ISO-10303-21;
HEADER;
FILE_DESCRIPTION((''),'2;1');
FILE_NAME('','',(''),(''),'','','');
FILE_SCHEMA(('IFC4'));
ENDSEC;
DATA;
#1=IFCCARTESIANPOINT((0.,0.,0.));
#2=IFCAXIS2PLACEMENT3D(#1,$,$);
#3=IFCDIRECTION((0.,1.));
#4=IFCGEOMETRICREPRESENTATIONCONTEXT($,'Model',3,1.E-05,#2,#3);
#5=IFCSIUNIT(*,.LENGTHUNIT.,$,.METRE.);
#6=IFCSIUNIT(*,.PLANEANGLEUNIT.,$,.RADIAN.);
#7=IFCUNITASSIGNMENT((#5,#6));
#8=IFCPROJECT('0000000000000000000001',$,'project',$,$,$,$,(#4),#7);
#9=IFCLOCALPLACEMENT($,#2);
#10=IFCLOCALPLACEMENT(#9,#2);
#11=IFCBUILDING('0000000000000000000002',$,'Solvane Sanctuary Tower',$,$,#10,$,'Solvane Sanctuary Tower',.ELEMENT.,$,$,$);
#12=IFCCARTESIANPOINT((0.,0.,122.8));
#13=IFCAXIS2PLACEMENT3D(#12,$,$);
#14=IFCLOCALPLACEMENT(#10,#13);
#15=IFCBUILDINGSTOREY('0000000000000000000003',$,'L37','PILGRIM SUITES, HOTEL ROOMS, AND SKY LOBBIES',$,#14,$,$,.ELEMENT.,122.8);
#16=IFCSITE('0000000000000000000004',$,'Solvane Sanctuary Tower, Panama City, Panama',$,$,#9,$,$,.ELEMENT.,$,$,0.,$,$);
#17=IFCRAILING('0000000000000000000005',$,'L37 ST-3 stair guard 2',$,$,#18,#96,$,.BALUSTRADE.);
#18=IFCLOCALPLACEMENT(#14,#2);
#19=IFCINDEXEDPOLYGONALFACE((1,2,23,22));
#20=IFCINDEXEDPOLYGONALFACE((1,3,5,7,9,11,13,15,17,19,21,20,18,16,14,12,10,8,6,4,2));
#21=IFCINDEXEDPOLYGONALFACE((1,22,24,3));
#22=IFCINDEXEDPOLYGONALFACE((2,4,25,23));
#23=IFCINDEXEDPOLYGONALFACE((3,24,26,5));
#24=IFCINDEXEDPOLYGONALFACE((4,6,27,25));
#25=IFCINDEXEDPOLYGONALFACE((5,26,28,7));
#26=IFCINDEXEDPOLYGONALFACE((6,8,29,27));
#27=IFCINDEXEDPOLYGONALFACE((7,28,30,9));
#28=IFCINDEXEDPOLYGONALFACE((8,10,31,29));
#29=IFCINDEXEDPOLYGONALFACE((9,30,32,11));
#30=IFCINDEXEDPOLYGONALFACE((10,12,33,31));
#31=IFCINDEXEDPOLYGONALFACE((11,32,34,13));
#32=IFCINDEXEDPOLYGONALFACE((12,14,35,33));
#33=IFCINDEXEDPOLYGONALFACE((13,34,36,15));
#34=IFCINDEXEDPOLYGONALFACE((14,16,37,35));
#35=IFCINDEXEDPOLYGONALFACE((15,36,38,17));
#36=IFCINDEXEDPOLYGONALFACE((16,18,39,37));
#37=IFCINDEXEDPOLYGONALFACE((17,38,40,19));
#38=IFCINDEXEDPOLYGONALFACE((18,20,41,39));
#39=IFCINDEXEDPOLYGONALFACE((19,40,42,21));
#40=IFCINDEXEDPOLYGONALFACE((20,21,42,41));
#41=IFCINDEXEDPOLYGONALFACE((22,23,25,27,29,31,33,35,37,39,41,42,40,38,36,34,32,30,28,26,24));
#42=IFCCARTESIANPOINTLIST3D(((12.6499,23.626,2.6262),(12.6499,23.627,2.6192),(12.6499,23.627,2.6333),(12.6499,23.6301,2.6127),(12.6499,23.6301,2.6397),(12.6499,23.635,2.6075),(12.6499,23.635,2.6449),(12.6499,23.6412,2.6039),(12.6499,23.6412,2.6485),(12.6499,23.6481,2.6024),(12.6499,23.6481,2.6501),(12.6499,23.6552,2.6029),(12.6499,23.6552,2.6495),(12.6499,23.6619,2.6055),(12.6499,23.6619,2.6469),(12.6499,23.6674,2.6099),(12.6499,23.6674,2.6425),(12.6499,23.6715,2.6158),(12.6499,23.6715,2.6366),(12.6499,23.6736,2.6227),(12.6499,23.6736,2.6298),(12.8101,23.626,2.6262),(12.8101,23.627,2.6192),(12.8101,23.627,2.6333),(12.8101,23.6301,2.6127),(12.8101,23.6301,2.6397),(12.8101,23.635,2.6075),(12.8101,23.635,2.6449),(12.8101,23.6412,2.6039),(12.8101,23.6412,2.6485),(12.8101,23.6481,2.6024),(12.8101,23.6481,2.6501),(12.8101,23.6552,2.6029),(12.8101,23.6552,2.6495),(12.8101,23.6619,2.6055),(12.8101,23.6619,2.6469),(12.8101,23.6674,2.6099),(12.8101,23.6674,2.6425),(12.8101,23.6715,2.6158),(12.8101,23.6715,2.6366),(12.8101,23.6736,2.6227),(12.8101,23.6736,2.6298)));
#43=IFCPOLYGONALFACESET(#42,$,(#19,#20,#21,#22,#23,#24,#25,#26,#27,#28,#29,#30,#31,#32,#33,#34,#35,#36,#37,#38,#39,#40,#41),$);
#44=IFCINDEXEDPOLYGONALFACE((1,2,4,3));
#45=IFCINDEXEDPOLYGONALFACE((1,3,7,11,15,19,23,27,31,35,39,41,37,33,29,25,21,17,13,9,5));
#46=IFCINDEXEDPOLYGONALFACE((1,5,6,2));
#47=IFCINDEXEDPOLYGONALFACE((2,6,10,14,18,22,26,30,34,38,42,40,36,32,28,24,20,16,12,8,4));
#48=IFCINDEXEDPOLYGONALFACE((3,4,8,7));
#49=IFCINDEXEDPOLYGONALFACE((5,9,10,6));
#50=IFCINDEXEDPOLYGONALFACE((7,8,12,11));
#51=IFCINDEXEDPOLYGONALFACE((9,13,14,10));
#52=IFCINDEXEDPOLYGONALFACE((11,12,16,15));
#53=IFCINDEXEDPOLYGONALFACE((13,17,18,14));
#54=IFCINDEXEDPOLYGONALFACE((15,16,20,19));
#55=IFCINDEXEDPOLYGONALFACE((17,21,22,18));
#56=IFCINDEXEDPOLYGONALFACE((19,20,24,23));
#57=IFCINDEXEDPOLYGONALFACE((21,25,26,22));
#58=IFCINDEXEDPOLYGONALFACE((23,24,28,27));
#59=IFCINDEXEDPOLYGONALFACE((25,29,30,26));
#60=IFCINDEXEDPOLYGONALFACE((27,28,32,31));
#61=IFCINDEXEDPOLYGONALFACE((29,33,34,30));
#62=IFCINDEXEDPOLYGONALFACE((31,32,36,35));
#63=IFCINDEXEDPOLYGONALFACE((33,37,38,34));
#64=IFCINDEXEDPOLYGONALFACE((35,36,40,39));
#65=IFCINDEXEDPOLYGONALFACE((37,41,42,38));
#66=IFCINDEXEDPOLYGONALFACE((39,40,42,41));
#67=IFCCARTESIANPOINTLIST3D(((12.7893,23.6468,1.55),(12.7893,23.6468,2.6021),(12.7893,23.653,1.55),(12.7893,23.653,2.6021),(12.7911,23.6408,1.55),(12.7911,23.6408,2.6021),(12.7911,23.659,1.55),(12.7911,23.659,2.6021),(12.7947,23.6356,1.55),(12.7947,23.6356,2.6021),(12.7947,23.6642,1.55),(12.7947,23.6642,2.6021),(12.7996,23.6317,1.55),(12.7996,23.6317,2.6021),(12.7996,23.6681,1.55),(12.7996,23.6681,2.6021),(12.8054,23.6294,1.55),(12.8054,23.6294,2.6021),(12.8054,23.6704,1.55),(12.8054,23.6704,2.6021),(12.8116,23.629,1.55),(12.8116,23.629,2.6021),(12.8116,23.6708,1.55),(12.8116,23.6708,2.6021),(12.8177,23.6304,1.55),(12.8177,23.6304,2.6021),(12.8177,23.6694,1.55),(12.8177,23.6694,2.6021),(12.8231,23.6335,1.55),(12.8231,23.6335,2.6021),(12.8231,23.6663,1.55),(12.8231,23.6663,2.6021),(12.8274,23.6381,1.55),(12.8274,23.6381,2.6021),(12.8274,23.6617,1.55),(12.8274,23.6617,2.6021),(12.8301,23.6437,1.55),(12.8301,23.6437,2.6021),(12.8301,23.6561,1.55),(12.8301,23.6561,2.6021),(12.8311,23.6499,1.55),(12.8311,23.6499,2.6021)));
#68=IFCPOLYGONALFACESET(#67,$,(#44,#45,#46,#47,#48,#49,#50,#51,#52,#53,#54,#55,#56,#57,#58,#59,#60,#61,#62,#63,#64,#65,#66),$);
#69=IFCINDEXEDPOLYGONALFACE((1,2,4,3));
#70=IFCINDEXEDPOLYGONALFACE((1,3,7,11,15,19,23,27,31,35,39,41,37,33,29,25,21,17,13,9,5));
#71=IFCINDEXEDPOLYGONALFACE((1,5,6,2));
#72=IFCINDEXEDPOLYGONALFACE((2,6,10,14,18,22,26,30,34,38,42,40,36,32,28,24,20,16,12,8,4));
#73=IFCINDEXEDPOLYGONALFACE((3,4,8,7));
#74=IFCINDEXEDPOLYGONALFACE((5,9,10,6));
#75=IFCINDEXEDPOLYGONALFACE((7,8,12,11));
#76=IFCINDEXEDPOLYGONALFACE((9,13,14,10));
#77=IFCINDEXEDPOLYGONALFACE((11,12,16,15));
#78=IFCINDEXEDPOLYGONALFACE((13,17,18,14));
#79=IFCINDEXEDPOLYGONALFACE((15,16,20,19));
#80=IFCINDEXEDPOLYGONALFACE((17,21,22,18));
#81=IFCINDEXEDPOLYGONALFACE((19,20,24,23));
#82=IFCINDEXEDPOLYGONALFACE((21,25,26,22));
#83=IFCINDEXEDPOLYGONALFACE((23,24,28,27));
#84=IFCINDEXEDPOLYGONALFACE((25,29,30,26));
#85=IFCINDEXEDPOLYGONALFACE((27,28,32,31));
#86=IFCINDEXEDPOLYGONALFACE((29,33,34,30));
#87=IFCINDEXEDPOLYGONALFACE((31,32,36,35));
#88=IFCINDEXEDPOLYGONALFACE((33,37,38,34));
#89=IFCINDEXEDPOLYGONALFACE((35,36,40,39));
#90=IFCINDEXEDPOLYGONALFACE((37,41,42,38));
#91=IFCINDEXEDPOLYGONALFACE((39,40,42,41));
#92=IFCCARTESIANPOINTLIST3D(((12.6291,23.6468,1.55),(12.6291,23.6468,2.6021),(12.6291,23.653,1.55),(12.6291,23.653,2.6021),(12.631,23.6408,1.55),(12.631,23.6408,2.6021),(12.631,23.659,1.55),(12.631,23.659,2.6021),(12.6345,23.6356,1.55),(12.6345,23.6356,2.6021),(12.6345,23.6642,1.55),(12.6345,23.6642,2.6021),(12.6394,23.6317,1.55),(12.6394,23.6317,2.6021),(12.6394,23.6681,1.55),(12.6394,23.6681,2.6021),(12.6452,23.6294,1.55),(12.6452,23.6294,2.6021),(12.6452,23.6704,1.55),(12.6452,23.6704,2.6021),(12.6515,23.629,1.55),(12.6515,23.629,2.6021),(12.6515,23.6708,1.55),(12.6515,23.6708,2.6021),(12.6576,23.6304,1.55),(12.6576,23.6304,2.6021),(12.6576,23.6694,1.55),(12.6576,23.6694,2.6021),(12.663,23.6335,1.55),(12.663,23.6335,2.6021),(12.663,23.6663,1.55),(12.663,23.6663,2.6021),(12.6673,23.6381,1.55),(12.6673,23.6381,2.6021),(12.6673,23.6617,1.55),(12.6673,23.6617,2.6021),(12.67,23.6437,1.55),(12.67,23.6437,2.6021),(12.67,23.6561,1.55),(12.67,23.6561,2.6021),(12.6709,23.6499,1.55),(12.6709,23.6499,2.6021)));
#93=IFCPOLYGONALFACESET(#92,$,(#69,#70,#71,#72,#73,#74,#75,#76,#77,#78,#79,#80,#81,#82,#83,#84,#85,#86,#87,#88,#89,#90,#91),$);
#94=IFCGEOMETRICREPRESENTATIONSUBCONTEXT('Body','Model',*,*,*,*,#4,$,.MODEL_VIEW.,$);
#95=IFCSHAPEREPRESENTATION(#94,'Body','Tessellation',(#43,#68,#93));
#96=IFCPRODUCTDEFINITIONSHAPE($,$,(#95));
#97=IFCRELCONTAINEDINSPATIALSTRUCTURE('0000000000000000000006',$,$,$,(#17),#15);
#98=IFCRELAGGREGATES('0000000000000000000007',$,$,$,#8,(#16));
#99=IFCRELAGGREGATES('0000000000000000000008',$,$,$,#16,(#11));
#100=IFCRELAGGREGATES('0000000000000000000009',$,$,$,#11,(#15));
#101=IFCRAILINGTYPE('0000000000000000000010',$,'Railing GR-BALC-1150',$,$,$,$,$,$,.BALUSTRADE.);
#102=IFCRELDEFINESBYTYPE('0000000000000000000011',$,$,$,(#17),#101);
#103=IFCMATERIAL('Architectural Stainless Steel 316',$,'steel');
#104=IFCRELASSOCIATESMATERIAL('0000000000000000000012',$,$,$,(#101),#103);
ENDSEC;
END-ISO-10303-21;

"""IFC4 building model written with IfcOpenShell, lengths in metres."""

from ifc_helpers import new_model, si_unit, direction, frame, origin, origin_2d, place, context, subcontext, project, spatial, circle, extrude, material, type_object, element, save


model = new_model("IFC4")

# Units and contexts
model_context = context("Model", 3, precision=1e-05, world=origin(), true_north=direction((0.0, 1.0)))
body_context = subcontext(model_context, "Body", "Model", "MODEL_VIEW")
ifc_project = project(units=[si_unit("LENGTHUNIT", "METRE"), si_unit("PLANEANGLEUNIT", "RADIAN")], contexts=[model_context])

# Site, building, storey
site_placement = place(None, origin())
site = spatial("IfcSite", under=ifc_project, at=site_placement, Name="Solvane Sanctuary Tower, Panama City, Panama", CompositionType="ELEMENT", RefElevation=0.0)
building_placement = place(site_placement, origin())
building = spatial("IfcBuilding", under=site, at=building_placement, Name="Solvane Sanctuary Tower", LongName="Solvane Sanctuary Tower", CompositionType="ELEMENT")
storey_placement = place(building_placement, frame((0.0, 0.0, 122.8)))
storey = spatial("IfcBuildingStorey", under=building, at=storey_placement, Name="L37", Description="PILGRIM SUITES, HOTEL ROOMS, AND SKY LOBBIES", CompositionType="ELEMENT", Elevation=122.8)

# Shared definitions
ifc_material_1 = material(Name="Architectural Stainless Steel 316", Category="steel")

# Railing
railing_type_1 = type_object("IfcRailingType", Name="Railing GR-BALC-1150", PredefinedType="BALUSTRADE", material=ifc_material_1)
railing_1_placement = place(storey_placement, frame((12.8101, 23.6499, 1.55)))
element("IfcRailing", 1, at=railing_1_placement, inside=storey, type_object=railing_type_1, Name="L37 ST-3 stair guard 2", PredefinedType="BALUSTRADE", context=body_context, shape_type="SweptSolid", body=[
    extrude(circle(Radius=0.0239, at=origin_2d()), frame((0.0, 0.0, 1.0762), z_axis=(-1.0, 0.0, 0.0), x_axis=(0.0, -1.0, 0.0)), (0.0, 0.0, 1.0), 0.1602),
    extrude(circle(Radius=0.021, at=origin_2d()), origin(), (0.0, 0.0, 1.0), 1.052),
    extrude(circle(Radius=0.021, at=origin_2d()), frame((-0.1602, 0.0, 0.0)), (0.0, 0.0, 1.0), 1.052),
])

save(model, "model.ifc")
